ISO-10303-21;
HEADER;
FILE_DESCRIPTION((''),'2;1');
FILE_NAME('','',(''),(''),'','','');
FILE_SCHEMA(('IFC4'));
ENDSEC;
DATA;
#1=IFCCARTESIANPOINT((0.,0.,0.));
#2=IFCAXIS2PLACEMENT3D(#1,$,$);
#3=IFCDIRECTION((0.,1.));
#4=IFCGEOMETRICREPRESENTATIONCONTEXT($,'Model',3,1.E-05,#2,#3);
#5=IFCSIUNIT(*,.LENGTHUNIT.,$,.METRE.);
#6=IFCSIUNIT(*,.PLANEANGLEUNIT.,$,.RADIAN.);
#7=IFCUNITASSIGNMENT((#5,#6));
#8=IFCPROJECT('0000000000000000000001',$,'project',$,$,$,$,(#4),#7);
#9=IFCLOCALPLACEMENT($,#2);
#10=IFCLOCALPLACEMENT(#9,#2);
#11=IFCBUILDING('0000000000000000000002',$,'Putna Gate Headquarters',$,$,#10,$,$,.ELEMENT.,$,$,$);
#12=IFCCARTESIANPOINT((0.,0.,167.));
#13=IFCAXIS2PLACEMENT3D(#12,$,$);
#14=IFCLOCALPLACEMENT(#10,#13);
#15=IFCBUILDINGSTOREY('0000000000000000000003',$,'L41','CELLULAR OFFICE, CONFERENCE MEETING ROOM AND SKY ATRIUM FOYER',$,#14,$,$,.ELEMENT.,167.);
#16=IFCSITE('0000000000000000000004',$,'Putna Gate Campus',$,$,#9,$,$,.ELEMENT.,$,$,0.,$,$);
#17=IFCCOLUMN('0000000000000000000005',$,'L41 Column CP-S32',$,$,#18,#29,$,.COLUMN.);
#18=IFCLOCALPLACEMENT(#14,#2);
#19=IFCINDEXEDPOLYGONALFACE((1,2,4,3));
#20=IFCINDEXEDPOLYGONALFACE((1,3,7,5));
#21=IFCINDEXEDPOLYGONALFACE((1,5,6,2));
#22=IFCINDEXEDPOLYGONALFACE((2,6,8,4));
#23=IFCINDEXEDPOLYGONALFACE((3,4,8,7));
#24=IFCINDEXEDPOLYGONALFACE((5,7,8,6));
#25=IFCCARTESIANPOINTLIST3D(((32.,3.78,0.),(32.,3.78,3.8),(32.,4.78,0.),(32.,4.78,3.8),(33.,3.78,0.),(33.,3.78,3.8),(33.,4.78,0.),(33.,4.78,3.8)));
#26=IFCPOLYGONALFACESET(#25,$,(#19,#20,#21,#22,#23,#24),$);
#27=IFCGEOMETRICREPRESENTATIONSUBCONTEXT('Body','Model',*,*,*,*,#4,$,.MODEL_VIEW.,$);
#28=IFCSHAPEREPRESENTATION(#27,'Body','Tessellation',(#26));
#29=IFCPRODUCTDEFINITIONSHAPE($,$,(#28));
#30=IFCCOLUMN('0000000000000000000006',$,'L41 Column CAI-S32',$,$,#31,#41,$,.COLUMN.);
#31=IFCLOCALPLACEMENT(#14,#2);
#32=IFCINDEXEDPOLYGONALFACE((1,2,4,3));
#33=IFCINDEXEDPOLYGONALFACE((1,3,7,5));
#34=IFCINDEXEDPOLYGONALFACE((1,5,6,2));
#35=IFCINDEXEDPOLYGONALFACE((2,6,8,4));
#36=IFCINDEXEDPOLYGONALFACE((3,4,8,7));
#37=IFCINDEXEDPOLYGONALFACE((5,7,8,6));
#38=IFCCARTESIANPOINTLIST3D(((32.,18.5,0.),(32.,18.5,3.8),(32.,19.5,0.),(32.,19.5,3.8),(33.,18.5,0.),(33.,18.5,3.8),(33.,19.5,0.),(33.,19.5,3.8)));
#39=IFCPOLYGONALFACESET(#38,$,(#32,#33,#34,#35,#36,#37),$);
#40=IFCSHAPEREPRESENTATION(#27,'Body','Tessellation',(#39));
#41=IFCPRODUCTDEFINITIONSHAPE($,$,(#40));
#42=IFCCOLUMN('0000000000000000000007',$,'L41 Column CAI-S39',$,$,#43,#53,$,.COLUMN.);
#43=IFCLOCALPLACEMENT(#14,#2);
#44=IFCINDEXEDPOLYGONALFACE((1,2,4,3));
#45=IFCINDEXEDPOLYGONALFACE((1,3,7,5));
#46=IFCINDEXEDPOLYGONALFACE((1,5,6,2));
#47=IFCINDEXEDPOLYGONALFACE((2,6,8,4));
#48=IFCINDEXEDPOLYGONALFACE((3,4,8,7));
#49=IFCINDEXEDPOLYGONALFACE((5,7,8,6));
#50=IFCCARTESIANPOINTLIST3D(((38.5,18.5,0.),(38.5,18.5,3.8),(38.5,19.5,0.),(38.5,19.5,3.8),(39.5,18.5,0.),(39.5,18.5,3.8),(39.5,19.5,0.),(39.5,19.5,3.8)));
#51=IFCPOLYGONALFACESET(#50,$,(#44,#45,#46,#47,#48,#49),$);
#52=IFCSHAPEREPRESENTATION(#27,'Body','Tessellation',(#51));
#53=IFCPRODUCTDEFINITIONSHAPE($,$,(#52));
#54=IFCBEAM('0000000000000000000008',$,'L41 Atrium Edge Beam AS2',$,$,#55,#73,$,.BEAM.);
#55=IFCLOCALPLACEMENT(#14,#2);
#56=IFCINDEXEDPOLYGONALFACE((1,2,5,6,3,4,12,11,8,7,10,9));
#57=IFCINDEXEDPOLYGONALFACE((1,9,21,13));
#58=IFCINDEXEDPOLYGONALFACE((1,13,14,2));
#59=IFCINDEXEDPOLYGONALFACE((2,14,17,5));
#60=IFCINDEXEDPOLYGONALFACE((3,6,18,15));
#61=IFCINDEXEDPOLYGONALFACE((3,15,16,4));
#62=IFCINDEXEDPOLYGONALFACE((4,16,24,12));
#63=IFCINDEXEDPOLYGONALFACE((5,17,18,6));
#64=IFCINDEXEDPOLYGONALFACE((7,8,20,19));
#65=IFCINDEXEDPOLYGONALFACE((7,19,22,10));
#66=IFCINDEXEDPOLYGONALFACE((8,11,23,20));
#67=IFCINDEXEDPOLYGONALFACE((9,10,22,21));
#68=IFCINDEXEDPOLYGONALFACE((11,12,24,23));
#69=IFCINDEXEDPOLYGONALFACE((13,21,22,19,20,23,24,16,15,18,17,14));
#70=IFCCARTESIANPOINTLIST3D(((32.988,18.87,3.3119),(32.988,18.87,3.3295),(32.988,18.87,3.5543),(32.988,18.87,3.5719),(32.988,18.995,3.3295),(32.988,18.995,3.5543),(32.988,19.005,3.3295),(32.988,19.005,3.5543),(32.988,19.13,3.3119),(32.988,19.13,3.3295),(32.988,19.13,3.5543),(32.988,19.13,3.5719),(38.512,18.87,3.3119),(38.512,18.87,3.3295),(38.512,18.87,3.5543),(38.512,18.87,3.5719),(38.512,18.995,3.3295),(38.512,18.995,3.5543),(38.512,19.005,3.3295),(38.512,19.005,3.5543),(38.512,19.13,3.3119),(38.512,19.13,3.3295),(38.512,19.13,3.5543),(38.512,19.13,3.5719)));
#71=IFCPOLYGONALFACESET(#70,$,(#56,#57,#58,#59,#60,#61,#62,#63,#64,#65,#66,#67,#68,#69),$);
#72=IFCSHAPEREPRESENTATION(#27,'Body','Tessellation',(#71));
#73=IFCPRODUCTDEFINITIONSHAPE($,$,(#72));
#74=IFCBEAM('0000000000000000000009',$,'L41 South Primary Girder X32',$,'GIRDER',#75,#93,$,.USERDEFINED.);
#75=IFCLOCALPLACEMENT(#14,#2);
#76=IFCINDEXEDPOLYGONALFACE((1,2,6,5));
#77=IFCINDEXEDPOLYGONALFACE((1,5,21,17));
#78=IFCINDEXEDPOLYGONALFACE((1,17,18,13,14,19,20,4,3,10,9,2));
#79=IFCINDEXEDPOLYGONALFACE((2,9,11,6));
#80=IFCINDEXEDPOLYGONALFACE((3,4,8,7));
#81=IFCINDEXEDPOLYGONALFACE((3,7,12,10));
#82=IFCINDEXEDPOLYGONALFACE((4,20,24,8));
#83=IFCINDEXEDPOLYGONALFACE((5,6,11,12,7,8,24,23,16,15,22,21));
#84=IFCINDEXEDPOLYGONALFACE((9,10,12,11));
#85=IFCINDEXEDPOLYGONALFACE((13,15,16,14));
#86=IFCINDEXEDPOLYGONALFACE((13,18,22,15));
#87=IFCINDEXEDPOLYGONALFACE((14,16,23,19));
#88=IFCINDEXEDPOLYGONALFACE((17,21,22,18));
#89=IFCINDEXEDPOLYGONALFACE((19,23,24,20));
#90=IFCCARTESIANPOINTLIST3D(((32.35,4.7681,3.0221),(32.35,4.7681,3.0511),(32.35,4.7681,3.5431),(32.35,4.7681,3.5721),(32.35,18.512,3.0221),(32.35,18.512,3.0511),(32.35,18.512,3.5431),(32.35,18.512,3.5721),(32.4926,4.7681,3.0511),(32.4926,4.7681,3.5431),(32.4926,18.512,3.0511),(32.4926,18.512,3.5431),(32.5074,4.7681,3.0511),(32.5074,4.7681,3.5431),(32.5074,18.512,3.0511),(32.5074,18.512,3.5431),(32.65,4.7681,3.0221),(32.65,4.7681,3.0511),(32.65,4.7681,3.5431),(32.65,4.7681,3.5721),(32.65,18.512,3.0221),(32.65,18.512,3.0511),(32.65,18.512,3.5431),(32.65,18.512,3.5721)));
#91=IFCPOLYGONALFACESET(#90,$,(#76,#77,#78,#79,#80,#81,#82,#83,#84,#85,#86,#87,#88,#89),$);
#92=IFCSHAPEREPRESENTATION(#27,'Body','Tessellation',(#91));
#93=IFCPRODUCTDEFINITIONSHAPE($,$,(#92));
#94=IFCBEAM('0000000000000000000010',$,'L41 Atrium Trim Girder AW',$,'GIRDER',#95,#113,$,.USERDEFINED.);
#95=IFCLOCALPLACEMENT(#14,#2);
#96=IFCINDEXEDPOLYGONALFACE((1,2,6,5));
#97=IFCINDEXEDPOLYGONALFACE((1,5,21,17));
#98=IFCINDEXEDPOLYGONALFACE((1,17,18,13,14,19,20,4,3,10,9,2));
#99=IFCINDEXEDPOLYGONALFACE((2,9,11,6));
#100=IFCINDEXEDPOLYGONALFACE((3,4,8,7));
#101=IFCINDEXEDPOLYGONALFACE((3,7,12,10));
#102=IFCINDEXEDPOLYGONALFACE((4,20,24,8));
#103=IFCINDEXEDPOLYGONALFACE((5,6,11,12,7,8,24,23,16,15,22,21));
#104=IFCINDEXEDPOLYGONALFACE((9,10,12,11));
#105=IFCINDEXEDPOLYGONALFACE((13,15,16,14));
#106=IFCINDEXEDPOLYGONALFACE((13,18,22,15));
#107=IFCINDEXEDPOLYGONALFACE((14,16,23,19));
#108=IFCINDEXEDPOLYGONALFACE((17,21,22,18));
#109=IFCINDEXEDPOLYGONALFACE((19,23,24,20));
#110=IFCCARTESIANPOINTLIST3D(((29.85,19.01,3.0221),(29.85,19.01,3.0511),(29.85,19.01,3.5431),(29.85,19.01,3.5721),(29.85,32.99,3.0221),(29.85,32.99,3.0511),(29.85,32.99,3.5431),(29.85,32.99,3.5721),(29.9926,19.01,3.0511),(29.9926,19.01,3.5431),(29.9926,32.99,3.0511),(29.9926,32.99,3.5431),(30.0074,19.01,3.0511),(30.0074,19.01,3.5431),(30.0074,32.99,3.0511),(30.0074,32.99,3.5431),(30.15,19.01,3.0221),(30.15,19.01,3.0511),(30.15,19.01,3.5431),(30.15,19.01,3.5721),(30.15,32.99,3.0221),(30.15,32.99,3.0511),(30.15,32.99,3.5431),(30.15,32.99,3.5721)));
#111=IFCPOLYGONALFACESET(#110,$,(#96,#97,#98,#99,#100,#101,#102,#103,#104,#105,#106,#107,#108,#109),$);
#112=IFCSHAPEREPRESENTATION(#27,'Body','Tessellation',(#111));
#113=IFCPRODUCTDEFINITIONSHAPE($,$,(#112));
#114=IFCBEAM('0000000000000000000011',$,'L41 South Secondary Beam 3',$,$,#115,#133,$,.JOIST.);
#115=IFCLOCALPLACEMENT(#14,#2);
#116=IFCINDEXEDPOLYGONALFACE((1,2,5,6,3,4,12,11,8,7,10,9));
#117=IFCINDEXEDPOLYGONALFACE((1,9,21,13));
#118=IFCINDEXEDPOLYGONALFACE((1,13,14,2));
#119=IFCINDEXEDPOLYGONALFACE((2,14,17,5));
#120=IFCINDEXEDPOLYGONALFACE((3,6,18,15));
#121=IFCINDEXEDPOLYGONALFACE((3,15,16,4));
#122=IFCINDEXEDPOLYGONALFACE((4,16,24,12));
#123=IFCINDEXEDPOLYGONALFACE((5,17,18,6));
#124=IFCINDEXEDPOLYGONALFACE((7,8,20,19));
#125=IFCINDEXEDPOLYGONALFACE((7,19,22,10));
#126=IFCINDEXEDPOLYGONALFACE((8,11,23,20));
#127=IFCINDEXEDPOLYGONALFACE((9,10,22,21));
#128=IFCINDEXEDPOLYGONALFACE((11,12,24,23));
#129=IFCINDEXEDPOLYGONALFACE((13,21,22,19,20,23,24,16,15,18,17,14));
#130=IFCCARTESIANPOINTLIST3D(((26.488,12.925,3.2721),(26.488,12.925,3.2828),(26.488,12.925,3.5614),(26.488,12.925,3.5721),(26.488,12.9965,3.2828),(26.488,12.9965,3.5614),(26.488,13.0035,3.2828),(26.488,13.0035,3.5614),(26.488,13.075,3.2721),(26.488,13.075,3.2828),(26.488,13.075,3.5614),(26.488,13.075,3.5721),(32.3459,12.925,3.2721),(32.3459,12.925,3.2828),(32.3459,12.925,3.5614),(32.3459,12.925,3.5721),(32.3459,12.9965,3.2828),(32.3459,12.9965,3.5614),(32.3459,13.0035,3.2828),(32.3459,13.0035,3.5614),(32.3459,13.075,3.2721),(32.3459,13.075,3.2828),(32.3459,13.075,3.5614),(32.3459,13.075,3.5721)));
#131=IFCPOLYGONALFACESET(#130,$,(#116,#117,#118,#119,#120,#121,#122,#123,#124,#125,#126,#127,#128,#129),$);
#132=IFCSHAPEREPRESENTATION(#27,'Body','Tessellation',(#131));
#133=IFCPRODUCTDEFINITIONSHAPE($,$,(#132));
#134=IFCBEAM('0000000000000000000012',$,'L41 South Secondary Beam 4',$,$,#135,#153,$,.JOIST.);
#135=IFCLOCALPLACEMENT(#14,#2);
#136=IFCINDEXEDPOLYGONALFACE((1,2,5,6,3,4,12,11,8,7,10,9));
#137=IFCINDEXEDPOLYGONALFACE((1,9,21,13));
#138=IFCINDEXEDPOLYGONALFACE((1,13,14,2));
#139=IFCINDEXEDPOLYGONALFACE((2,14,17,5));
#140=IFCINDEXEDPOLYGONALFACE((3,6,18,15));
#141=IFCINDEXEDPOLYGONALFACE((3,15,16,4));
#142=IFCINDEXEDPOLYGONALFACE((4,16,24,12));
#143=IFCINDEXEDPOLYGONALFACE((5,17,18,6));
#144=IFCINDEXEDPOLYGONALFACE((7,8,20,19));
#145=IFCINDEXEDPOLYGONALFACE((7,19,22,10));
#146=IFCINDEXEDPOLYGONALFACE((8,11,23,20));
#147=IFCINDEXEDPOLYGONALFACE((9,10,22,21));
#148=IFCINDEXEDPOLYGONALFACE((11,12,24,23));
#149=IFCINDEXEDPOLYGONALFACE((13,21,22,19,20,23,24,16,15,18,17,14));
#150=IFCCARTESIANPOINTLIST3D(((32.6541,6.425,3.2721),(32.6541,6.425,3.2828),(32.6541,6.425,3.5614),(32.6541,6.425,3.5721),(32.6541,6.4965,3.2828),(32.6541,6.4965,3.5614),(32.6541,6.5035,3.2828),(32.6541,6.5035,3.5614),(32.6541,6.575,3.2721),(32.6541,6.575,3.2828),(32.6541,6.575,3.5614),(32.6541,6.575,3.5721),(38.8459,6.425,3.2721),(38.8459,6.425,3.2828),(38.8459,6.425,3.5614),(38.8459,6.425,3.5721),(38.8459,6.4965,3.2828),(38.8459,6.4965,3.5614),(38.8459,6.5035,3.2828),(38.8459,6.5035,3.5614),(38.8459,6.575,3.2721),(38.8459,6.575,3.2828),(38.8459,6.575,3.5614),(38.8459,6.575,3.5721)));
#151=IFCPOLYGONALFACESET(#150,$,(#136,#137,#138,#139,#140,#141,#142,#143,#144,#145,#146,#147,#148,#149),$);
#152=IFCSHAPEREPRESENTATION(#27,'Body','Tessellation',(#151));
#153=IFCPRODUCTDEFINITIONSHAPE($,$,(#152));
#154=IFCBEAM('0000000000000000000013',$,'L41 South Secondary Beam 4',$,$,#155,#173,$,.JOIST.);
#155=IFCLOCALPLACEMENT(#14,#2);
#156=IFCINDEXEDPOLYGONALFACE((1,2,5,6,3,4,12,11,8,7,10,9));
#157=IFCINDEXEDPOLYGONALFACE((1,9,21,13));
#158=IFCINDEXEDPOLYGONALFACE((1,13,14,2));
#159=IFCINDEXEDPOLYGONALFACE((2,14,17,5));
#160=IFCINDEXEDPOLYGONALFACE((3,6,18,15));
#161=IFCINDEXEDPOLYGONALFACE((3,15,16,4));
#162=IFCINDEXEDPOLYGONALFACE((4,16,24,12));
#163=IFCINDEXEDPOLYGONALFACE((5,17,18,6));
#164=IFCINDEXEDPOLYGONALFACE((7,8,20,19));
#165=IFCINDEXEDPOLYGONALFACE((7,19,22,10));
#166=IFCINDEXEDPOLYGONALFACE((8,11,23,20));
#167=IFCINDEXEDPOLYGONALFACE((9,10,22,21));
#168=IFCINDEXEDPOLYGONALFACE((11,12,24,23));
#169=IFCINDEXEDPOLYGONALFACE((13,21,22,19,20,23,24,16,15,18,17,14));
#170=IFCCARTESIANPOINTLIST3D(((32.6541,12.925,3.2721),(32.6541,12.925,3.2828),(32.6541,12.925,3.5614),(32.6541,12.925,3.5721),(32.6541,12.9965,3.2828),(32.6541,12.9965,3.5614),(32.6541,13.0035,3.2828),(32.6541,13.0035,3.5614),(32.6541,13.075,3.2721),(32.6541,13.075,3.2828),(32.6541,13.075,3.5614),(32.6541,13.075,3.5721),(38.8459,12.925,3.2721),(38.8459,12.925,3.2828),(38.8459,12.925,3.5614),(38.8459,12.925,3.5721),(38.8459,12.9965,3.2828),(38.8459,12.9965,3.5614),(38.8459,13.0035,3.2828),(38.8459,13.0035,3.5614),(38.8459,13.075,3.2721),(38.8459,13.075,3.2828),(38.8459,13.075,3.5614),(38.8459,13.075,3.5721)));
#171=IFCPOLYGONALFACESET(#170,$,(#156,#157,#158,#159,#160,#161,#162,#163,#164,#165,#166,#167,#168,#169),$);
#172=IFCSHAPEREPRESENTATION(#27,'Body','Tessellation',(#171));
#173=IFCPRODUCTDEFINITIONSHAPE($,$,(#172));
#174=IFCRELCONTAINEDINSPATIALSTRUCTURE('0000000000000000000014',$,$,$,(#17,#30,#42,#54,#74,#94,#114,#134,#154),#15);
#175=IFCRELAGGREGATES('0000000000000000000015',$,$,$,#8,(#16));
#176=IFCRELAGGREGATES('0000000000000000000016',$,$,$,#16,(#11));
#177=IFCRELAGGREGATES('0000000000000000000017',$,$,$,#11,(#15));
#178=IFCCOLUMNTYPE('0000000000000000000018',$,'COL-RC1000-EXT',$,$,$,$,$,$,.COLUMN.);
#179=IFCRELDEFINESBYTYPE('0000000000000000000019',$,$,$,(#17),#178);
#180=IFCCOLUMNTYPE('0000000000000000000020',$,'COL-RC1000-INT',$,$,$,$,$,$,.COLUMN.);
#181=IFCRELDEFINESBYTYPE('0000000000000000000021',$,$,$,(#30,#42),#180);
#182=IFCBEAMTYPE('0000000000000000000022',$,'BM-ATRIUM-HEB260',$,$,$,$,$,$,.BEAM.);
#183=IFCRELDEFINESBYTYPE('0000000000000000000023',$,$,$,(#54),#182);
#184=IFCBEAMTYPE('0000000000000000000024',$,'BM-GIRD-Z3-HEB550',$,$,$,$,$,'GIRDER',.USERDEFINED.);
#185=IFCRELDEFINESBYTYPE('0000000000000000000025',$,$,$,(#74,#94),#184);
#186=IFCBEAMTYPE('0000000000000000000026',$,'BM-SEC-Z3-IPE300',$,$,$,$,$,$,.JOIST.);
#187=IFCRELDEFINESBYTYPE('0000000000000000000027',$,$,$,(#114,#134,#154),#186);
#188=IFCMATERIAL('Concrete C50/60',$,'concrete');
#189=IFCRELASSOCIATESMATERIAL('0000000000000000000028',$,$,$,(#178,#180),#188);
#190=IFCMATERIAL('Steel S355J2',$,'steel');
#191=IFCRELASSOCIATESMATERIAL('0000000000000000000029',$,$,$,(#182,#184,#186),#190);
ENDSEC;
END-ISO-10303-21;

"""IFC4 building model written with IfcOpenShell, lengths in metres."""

from ifc_helpers import new_model, si_unit, direction, frame, origin, origin_2d, place, context, subcontext, project, spatial, rectangle, i_section, extrude, material, material_profile, profile_set, type_object, element, save


model = new_model("IFC4")

# Units and contexts
model_context = context("Model", 3, precision=1e-05, world=origin(), true_north=direction((0.0, 1.0)))
body_context = subcontext(model_context, "Body", "Model", "MODEL_VIEW")
ifc_project = project(units=[si_unit("LENGTHUNIT", "METRE"), si_unit("PLANEANGLEUNIT", "RADIAN")], contexts=[model_context])

# Site, building, storey
site_placement = place(None, origin())
site = spatial("IfcSite", under=ifc_project, at=site_placement, Name="Putna Gate Campus", CompositionType="ELEMENT", RefElevation=0.0)
building_placement = place(site_placement, origin())
building = spatial("IfcBuilding", under=site, at=building_placement, Name="Putna Gate Headquarters", CompositionType="ELEMENT")
storey_placement = place(building_placement, frame((0.0, 0.0, 167.0)))
storey = spatial("IfcBuildingStorey", under=building, at=storey_placement, Name="L41", Description="CELLULAR OFFICE, CONFERENCE MEETING ROOM AND SKY ATRIUM FOYER", CompositionType="ELEMENT", Elevation=167.0)

# Columns
ifc_material_1 = material(Name="Concrete C50/60", Category="concrete")
ifc_material_profile_1 = material_profile(ifc_material_1, rectangle(XDim=1.0, YDim=1.0, at=origin_2d()), Name="Concrete C50/60")
ifc_profile_set_1 = profile_set([ifc_material_profile_1], Name="Concrete C50/60")
column_type_1 = type_object("IfcColumnType", Name="COL-RC1000-EXT", PredefinedType="COLUMN", material=ifc_profile_set_1)
column_placement = place(storey_placement, frame((32.5, 4.28, 0.0), z_axis=(0.0, 0.0, 1.0), x_axis=(1.0, 0.0, 0.0)))
element("IfcColumn", 1, at=column_placement, inside=storey, type_object=column_type_1, Name="L41 Column CP-S32", PredefinedType="COLUMN", context=body_context, shape_type="SweptSolid", body=[
    extrude(rectangle(XDim=1.0, YDim=1.0, at=origin_2d()), origin(), (0.0, 0.0, 1.0), 3.8),
])
ifc_material_profile_2 = material_profile(ifc_material_1, rectangle(XDim=1.0, YDim=1.0, at=origin_2d()), Name="Concrete C50/60")
ifc_profile_set_2 = profile_set([ifc_material_profile_2], Name="Concrete C50/60")
column_type_2 = type_object("IfcColumnType", Name="COL-RC1000-INT", PredefinedType="COLUMN", material=ifc_profile_set_2)
for number, where, z_axis, x_axis, name in (
    (2, (32.5, 19.0, 0.0), (0.0, 0.0, 1.0), (1.0, 0.0, 0.0), "L41 Column CAI-S32"),
    (3, (39.0, 19.0, 0.0), (0.0, 0.0, 1.0), (1.0, 0.0, 0.0), "L41 Column CAI-S39"),
):
    element("IfcColumn", number, at=place(storey_placement, frame(where, z_axis=z_axis, x_axis=x_axis)), inside=storey, type_object=column_type_2, Name=name, PredefinedType="COLUMN", context=body_context, shape_type="SweptSolid", body=[
        extrude(rectangle(XDim=1.0, YDim=1.0, at=origin_2d()), origin(), (0.0, 0.0, 1.0), 3.8),
    ])

# Beams
ifc_material_2 = material(Name="Steel S355J2", Category="steel")
ifc_material_profile_3 = material_profile(ifc_material_2, i_section(OverallWidth=0.26, OverallDepth=0.26, WebThickness=0.01, FlangeThickness=0.0176, at=origin_2d()), Name="Steel S355J2")
ifc_profile_set_3 = profile_set([ifc_material_profile_3], Name="Steel S355J2")
beam_type_1 = type_object("IfcBeamType", Name="BM-ATRIUM-HEB260", PredefinedType="BEAM", material=ifc_profile_set_3)
beam_1_placement = place(storey_placement, frame((32.988, 19.0, 3.4419), z_axis=(1.0, 0.0, 0.0), x_axis=(0.0, 1.0, 0.0)))
element("IfcBeam", 4, at=beam_1_placement, inside=storey, type_object=beam_type_1, Name="L41 Atrium Edge Beam AS2", PredefinedType="BEAM", context=body_context, shape_type="SweptSolid", body=[
    extrude(i_section(OverallWidth=0.26, OverallDepth=0.26, WebThickness=0.01, FlangeThickness=0.0176, at=origin_2d()), origin(), (0.0, 0.0, 1.0), 5.5239),
])
ifc_material_profile_4 = material_profile(ifc_material_2, i_section(OverallWidth=0.3, OverallDepth=0.55, WebThickness=0.0149, FlangeThickness=0.0291, at=origin_2d()), Name="Steel S355J2")
ifc_profile_set_4 = profile_set([ifc_material_profile_4], Name="Steel S355J2")
beam_type_2 = type_object("IfcBeamType", Name="BM-GIRD-Z3-HEB550", ElementType="GIRDER", PredefinedType="USERDEFINED", material=ifc_profile_set_4)
beam_2_placement = place(storey_placement, frame((32.5, 4.7681, 3.2971), z_axis=(0.0, 1.0, 0.0), x_axis=(-1.0, 0.0, 0.0)))
element("IfcBeam", 5, at=beam_2_placement, inside=storey, type_object=beam_type_2, Name="L41 South Primary Girder X32", ObjectType="GIRDER", PredefinedType="USERDEFINED", context=body_context, shape_type="SweptSolid", body=[
    extrude(i_section(OverallWidth=0.3, OverallDepth=0.55, WebThickness=0.0149, FlangeThickness=0.0291, at=origin_2d()), origin(), (0.0, 0.0, 1.0), 13.7439),
])
beam_3_placement = place(storey_placement, frame((30.0, 19.01, 3.2971), z_axis=(0.0, 1.0, 0.0), x_axis=(-1.0, 0.0, 0.0)))
element("IfcBeam", 6, at=beam_3_placement, inside=storey, type_object=beam_type_2, Name="L41 Atrium Trim Girder AW", ObjectType="GIRDER", PredefinedType="USERDEFINED", context=body_context, shape_type="SweptSolid", body=[
    extrude(i_section(OverallWidth=0.3, OverallDepth=0.55, WebThickness=0.0149, FlangeThickness=0.0291, at=origin_2d()), origin(), (0.0, 0.0, 1.0), 13.98),
])
ifc_material_profile_5 = material_profile(ifc_material_2, i_section(OverallWidth=0.1499, OverallDepth=0.3, WebThickness=0.0071, FlangeThickness=0.0107, at=origin_2d()), Name="Steel S355J2")
ifc_profile_set_5 = profile_set([ifc_material_profile_5], Name="Steel S355J2")
beam_type_3 = type_object("IfcBeamType", Name="BM-SEC-Z3-IPE300", PredefinedType="JOIST", material=ifc_profile_set_5)
beam_4_placement = place(storey_placement, frame((26.488, 13.0, 3.4221), z_axis=(1.0, 0.0, 0.0), x_axis=(0.0, 1.0, 0.0)))
element("IfcBeam", 7, at=beam_4_placement, inside=storey, type_object=beam_type_3, Name="L41 South Secondary Beam 3", PredefinedType="JOIST", context=body_context, shape_type="SweptSolid", body=[
    extrude(i_section(OverallWidth=0.1499, OverallDepth=0.3, WebThickness=0.0071, FlangeThickness=0.0107, at=origin_2d()), origin(), (0.0, 0.0, 1.0), 5.8579),
])
for number, where, z_axis, x_axis, name in (
    (8, (32.6541, 6.5, 3.4221), (1.0, 0.0, 0.0), (0.0, 1.0, 0.0), "L41 South Secondary Beam 4"),
    (9, (32.6541, 13.0, 3.4221), (1.0, 0.0, 0.0), (0.0, 1.0, 0.0), "L41 South Secondary Beam 4"),
):
    element("IfcBeam", number, at=place(storey_placement, frame(where, z_axis=z_axis, x_axis=x_axis)), inside=storey, type_object=beam_type_3, Name=name, PredefinedType="JOIST", context=body_context, shape_type="SweptSolid", body=[
        extrude(i_section(OverallWidth=0.1499, OverallDepth=0.3, WebThickness=0.0071, FlangeThickness=0.0107, at=origin_2d()), origin(), (0.0, 0.0, 1.0), 6.1919),
    ])

save(model, "model.ifc")
